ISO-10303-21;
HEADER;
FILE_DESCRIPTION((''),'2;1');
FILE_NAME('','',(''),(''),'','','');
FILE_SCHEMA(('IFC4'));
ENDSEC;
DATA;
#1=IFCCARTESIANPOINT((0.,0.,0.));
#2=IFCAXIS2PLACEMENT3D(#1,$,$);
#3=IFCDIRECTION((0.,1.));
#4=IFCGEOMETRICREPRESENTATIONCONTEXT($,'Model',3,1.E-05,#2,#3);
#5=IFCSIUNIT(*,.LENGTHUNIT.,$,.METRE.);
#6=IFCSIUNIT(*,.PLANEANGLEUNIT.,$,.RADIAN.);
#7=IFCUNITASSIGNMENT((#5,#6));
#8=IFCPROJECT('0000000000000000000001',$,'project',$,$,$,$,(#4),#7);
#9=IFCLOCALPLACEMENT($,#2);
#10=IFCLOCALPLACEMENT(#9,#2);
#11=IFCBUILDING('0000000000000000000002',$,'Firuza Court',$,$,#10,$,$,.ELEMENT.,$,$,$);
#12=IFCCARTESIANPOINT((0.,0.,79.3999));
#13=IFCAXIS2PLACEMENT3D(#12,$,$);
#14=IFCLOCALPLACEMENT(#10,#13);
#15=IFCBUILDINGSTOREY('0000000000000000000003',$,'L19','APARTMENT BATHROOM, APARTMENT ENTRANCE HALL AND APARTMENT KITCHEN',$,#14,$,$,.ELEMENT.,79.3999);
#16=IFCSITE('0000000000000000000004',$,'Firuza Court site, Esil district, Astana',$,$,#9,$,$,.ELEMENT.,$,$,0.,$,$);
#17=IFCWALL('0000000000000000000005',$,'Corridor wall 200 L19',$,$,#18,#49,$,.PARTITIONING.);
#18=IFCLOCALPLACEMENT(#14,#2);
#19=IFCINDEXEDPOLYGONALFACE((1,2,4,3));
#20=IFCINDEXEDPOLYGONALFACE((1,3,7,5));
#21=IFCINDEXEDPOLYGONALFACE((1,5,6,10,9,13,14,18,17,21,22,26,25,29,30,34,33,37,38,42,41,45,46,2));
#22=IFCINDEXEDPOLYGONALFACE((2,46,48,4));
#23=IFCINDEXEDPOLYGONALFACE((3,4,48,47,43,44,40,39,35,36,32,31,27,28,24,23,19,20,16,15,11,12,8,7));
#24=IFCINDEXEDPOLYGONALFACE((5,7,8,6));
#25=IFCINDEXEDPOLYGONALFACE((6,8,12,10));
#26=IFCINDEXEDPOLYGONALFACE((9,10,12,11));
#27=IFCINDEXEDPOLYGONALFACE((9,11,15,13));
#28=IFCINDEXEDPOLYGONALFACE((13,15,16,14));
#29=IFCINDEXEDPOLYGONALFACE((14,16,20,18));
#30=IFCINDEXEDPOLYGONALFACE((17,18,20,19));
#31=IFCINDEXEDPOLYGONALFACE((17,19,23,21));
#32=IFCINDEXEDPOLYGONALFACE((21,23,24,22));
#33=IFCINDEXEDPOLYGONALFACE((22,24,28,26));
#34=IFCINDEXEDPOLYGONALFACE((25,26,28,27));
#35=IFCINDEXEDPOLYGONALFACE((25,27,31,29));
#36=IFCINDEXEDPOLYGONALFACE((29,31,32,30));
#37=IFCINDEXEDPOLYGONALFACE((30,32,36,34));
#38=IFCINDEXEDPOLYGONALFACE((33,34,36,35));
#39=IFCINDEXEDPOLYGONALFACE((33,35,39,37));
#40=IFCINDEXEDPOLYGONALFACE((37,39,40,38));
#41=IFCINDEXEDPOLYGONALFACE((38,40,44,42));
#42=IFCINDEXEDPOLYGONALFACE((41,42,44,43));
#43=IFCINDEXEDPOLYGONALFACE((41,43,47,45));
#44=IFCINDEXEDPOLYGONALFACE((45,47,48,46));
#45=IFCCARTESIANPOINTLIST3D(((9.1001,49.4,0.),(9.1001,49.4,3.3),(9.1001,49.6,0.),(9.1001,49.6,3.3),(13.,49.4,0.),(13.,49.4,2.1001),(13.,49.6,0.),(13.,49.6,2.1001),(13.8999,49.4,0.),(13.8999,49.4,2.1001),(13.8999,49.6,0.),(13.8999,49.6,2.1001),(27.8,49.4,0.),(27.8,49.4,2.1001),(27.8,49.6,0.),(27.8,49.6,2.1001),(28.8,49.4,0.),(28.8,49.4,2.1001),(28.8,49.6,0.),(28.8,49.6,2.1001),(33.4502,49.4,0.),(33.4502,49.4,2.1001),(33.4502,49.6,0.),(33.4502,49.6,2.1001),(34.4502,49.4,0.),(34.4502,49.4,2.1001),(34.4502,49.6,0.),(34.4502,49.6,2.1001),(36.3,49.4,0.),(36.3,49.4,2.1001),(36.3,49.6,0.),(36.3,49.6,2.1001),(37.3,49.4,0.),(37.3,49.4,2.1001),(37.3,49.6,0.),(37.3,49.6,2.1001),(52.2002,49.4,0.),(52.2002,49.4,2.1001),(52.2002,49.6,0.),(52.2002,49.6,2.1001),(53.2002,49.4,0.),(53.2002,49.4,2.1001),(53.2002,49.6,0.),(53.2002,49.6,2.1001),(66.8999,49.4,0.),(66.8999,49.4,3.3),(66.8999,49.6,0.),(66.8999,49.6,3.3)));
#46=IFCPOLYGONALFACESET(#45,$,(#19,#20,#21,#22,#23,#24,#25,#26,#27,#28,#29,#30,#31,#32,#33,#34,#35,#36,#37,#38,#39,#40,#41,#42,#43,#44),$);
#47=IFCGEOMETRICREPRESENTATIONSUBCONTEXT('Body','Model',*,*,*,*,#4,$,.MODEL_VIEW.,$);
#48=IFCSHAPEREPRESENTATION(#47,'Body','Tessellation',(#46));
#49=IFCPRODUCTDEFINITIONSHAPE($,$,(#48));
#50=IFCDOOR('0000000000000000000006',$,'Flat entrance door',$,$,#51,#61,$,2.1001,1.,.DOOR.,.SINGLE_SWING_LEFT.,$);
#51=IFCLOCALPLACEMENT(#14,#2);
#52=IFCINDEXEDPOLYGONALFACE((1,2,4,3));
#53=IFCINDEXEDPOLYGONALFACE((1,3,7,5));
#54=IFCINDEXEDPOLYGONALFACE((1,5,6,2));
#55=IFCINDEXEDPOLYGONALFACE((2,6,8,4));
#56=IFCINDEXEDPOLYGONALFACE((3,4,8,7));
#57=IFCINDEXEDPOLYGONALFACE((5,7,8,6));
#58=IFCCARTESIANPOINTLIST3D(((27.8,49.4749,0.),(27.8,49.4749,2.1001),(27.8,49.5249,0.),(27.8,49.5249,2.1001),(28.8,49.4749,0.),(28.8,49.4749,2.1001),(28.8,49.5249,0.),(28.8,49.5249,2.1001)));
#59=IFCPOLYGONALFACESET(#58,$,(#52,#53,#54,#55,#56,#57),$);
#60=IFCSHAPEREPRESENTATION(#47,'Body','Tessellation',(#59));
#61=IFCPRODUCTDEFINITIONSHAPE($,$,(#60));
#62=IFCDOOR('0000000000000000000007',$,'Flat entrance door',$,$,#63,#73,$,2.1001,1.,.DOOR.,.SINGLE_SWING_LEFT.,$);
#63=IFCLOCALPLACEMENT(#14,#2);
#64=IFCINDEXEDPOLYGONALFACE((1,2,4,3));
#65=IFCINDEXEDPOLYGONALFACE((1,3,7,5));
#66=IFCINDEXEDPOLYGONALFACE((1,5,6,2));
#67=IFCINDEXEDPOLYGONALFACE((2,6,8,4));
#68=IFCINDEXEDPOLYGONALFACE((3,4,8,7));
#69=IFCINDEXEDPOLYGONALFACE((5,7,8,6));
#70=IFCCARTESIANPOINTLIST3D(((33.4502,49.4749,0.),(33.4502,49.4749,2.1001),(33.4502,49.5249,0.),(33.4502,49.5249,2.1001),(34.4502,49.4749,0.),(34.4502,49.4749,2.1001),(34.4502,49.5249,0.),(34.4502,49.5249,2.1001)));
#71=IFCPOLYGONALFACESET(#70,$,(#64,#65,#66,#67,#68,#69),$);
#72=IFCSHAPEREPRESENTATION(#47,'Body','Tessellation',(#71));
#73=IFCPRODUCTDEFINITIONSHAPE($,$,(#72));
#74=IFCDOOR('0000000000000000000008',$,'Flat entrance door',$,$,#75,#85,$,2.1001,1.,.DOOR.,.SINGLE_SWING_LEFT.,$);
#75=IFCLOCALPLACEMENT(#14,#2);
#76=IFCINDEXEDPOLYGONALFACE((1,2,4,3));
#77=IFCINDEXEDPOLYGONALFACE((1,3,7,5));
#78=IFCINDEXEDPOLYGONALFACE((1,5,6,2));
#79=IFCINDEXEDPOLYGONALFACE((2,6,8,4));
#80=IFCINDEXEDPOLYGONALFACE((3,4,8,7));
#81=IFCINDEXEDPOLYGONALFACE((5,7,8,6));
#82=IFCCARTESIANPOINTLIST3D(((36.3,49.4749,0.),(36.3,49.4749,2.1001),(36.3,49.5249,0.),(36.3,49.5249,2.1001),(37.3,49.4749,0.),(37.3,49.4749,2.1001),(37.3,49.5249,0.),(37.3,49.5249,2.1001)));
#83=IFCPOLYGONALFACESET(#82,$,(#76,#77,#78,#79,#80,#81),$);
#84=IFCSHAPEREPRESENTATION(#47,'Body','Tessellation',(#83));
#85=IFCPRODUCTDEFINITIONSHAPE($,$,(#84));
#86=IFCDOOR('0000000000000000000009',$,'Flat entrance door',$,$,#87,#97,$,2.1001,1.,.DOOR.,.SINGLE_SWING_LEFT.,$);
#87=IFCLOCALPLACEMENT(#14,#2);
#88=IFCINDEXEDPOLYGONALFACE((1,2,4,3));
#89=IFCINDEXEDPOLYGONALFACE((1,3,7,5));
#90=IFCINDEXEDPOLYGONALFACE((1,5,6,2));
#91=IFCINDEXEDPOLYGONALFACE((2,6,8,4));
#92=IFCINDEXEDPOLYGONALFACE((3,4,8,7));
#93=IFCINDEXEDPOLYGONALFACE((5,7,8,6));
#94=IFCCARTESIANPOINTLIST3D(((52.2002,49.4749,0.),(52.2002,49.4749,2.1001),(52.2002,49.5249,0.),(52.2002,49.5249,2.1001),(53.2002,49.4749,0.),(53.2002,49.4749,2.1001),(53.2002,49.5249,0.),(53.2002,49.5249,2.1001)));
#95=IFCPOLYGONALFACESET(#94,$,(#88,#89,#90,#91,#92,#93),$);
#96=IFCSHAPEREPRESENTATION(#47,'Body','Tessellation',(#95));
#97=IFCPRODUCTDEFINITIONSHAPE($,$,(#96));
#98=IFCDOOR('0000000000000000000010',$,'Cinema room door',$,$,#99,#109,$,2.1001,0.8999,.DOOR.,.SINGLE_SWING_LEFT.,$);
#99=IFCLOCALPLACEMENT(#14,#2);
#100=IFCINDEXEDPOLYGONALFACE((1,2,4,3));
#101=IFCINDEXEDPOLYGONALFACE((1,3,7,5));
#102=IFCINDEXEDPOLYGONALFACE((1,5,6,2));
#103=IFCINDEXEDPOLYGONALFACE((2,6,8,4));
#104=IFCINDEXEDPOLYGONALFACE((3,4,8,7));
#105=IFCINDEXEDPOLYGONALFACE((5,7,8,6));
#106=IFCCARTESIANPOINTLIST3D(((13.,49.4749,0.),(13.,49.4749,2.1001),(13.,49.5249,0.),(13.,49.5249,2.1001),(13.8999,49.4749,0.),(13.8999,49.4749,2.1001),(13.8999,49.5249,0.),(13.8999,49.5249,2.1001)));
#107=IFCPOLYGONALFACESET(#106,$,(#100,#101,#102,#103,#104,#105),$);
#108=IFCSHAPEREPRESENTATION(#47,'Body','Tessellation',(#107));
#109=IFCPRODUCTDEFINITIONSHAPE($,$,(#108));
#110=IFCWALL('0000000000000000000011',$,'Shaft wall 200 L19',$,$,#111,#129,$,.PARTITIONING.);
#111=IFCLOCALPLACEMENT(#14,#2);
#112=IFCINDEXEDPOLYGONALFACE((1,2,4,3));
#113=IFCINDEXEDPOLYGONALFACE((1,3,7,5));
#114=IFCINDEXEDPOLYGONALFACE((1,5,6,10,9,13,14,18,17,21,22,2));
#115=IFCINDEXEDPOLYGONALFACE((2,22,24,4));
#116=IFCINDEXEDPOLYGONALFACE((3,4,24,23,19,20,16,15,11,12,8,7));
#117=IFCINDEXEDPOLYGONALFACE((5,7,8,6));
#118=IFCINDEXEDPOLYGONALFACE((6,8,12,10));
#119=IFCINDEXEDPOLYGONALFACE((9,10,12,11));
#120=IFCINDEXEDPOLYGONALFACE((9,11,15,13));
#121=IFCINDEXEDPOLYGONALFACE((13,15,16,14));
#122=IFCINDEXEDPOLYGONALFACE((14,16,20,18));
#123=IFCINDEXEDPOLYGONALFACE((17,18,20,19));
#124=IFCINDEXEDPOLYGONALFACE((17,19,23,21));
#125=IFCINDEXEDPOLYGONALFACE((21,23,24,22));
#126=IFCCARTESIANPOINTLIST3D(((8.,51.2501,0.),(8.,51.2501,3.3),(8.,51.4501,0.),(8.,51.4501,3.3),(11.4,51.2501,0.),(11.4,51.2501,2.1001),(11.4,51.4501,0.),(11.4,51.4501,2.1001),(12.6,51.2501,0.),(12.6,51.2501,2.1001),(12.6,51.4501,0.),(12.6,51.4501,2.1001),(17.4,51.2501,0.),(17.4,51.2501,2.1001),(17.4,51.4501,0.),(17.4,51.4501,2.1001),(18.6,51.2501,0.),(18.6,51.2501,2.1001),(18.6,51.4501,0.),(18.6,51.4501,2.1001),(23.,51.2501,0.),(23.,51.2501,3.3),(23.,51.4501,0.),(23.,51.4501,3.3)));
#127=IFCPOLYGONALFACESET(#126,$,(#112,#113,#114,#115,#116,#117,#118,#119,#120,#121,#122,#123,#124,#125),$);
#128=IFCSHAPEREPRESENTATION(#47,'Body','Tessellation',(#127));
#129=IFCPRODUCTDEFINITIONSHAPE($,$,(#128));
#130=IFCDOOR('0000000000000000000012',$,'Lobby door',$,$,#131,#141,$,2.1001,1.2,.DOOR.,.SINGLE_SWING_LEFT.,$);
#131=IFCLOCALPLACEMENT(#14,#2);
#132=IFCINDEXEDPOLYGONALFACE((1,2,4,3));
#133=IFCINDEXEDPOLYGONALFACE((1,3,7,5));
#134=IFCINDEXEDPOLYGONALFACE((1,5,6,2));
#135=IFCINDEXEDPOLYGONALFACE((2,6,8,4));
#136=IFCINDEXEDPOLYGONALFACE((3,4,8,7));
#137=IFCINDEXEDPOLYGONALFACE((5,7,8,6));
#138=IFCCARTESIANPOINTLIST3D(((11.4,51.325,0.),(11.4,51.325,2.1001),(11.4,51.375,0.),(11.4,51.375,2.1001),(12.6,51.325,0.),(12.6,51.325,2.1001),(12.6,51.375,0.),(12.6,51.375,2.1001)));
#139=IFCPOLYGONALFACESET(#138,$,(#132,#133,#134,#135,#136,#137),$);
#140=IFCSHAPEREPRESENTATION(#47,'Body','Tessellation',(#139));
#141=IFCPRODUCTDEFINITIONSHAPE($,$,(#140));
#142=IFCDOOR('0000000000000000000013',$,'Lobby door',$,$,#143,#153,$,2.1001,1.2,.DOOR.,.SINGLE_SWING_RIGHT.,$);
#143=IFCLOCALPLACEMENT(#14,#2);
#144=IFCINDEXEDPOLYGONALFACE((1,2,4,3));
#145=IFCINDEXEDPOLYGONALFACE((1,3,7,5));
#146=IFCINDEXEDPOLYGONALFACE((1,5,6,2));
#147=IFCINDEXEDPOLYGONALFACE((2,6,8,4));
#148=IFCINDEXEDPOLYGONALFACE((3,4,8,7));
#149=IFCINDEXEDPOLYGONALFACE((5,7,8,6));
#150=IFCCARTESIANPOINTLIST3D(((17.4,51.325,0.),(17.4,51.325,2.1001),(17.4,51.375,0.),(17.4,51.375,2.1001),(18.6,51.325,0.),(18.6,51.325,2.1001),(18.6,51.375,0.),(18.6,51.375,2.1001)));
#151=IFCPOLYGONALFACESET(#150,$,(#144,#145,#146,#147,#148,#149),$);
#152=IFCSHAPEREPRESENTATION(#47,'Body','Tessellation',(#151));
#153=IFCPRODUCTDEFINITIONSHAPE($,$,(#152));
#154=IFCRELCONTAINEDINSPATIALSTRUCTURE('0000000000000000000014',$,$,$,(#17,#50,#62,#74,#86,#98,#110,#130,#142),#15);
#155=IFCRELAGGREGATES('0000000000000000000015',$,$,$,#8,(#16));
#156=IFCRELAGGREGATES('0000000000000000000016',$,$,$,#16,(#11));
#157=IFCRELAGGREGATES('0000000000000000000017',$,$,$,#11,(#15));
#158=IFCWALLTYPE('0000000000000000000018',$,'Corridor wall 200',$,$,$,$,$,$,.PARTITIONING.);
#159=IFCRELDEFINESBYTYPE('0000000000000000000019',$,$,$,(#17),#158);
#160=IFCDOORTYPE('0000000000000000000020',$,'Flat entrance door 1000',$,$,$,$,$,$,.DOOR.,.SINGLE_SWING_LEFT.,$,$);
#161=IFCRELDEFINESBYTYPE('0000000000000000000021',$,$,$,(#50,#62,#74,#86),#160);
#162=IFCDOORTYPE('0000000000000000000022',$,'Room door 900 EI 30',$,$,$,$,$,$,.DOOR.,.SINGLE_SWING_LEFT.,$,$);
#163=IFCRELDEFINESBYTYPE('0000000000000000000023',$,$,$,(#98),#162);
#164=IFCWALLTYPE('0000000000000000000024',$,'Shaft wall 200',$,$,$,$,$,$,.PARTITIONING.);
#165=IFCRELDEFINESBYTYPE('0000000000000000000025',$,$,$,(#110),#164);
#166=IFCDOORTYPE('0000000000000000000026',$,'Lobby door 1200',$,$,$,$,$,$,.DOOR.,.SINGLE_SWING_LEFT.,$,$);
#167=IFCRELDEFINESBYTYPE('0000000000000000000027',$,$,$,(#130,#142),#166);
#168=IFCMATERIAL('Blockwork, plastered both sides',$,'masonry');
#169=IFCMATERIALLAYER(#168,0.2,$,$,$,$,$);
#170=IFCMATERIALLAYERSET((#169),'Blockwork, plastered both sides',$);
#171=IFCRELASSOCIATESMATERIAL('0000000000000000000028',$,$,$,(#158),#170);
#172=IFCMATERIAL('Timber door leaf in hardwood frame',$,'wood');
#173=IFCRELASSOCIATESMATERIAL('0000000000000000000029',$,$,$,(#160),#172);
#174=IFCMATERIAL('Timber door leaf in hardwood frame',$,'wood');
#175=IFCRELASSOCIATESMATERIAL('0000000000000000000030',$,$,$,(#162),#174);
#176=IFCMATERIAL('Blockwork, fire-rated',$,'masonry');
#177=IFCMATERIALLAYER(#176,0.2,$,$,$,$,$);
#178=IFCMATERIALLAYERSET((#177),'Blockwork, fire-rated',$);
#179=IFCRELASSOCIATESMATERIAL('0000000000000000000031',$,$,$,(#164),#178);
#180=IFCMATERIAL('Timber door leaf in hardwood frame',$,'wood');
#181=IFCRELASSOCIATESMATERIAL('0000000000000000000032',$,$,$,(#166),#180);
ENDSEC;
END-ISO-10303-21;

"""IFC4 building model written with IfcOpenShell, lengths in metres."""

from ifc_helpers import new_model, si_unit, direction, frame, frame_2d, origin, place, context, subcontext, project, spatial, rectangle, extrude, material, layer, layer_set, type_object, element, fill, save


model = new_model("IFC4")

# Units and contexts
model_context = context("Model", 3, precision=1e-05, world=origin(), true_north=direction((0.0, 1.0)))
body_context = subcontext(model_context, "Body", "Model", "MODEL_VIEW")
ifc_project = project(units=[si_unit("LENGTHUNIT", "METRE"), si_unit("PLANEANGLEUNIT", "RADIAN")], contexts=[model_context])

# Site, building, storey
site_placement = place(None, origin())
site = spatial("IfcSite", under=ifc_project, at=site_placement, Name="Firuza Court site, Esil district, Astana", CompositionType="ELEMENT", RefElevation=0.0)
building_placement = place(site_placement, origin())
building = spatial("IfcBuilding", under=site, at=building_placement, Name="Firuza Court", CompositionType="ELEMENT")
storey_placement = place(building_placement, frame((0.0, 0.0, 79.3999)))
storey = spatial("IfcBuildingStorey", under=building, at=storey_placement, Name="L19", Description="APARTMENT BATHROOM, APARTMENT ENTRANCE HALL AND APARTMENT KITCHEN", CompositionType="ELEMENT", Elevation=79.3999)

# Walls, openings, doors
ifc_material_1 = material(Name="Blockwork, plastered both sides", Category="masonry")
ifc_layer_1 = layer(ifc_material_1, 0.2)
ifc_layer_set_1 = layer_set([ifc_layer_1], Name="Blockwork, plastered both sides")
wall_type_1 = type_object("IfcWallType", Name="Corridor wall 200", PredefinedType="PARTITIONING", material=ifc_layer_set_1)
wall_1_placement = place(storey_placement, frame((9.1001, 49.5, 0.0), z_axis=(0.0, 0.0, 1.0), x_axis=(1.0, 0.0, 0.0)))
wall_1 = element("IfcWall", 1, at=wall_1_placement, inside=storey, type_object=wall_type_1, Name="Corridor wall 200 L19", PredefinedType="PARTITIONING", context=body_context, shape_type="SweptSolid", body=[
    extrude(rectangle(XDim=57.7998, YDim=0.2, at=frame_2d((28.8999, 0.0))), origin(), (0.0, 0.0, 1.0), 3.3),
])
opening_1_placement = place(wall_1_placement, frame((18.7, 0.0, 0.0)))
opening_1 = element("IfcOpeningElement", 2, at=opening_1_placement, cuts=wall_1, PredefinedType="OPENING", context=body_context, shape_type="SweptSolid", body=[
    extrude(rectangle(XDim=1.0, YDim=2.1001, at=frame_2d((0.5, 1.05))), frame((0.0, 0.1118, 0.0), z_axis=(0.0, -1.0, 0.0), x_axis=(1.0, 0.0, 0.0)), (0.0, 0.0, 1.0), 0.2239),
])
opening_2_placement = place(wall_1_placement, frame((24.3501, 0.0, 0.0)))
opening_2 = element("IfcOpeningElement", 3, at=opening_2_placement, cuts=wall_1, PredefinedType="OPENING", context=body_context, shape_type="SweptSolid", body=[
    extrude(rectangle(XDim=1.0, YDim=2.1001, at=frame_2d((0.5, 1.05))), frame((0.0, 0.1118, 0.0), z_axis=(0.0, -1.0, 0.0), x_axis=(1.0, 0.0, 0.0)), (0.0, 0.0, 1.0), 0.2239),
])
opening_3_placement = place(wall_1_placement, frame((27.2, 0.0, 0.0)))
opening_3 = element("IfcOpeningElement", 4, at=opening_3_placement, cuts=wall_1, PredefinedType="OPENING", context=body_context, shape_type="SweptSolid", body=[
    extrude(rectangle(XDim=1.0, YDim=2.1001, at=frame_2d((0.5, 1.05))), frame((0.0, 0.1118, 0.0), z_axis=(0.0, -1.0, 0.0), x_axis=(1.0, 0.0, 0.0)), (0.0, 0.0, 1.0), 0.2239),
])
opening_4_placement = place(wall_1_placement, frame((43.1001, 0.0, 0.0)))
opening_4 = element("IfcOpeningElement", 5, at=opening_4_placement, cuts=wall_1, PredefinedType="OPENING", context=body_context, shape_type="SweptSolid", body=[
    extrude(rectangle(XDim=1.0, YDim=2.1001, at=frame_2d((0.5, 1.05))), frame((0.0, 0.1118, 0.0), z_axis=(0.0, -1.0, 0.0), x_axis=(1.0, 0.0, 0.0)), (0.0, 0.0, 1.0), 0.2239),
])
opening_5_placement = place(wall_1_placement, frame((3.8999, 0.0, 0.0)))
opening_5 = element("IfcOpeningElement", 6, at=opening_5_placement, cuts=wall_1, PredefinedType="OPENING", context=body_context, shape_type="SweptSolid", body=[
    extrude(rectangle(XDim=0.8999, YDim=2.1001, at=frame_2d((0.45, 1.05))), frame((0.0, 0.1118, 0.0), z_axis=(0.0, -1.0, 0.0), x_axis=(1.0, 0.0, 0.0)), (0.0, 0.0, 1.0), 0.2239),
])
ifc_material_2 = material(Name="Timber door leaf in hardwood frame", Category="wood")
door_type_1 = type_object("IfcDoorType", Name="Flat entrance door 1000", OperationType="SINGLE_SWING_LEFT", PredefinedType="DOOR", material=ifc_material_2)
door_1_placement = place(opening_1_placement, origin())
door_1 = element("IfcDoor", 7, at=door_1_placement, inside=storey, type_object=door_type_1, Name="Flat entrance door", OperationType="SINGLE_SWING_LEFT", OverallHeight=2.1001, OverallWidth=1.0, PredefinedType="DOOR", context=body_context, shape_type="SweptSolid", body=[
    extrude(rectangle(XDim=1.0, YDim=2.1001, at=frame_2d((0.5, 1.05))), frame((0.0, 0.0249, 0.0), z_axis=(0.0, -1.0, 0.0), x_axis=(1.0, 0.0, 0.0)), (0.0, 0.0, 1.0), 0.05),
])
fill(opening_1, door_1)
door_2_placement = place(opening_2_placement, origin())
door_2 = element("IfcDoor", 8, at=door_2_placement, inside=storey, type_object=door_type_1, Name="Flat entrance door", OperationType="SINGLE_SWING_LEFT", OverallHeight=2.1001, OverallWidth=1.0, PredefinedType="DOOR", context=body_context, shape_type="SweptSolid", body=[
    extrude(rectangle(XDim=1.0, YDim=2.1001, at=frame_2d((0.5, 1.05))), frame((0.0, 0.0249, 0.0), z_axis=(0.0, -1.0, 0.0), x_axis=(1.0, 0.0, 0.0)), (0.0, 0.0, 1.0), 0.05),
])
fill(opening_2, door_2)
door_3_placement = place(opening_3_placement, origin())
door_3 = element("IfcDoor", 9, at=door_3_placement, inside=storey, type_object=door_type_1, Name="Flat entrance door", OperationType="SINGLE_SWING_LEFT", OverallHeight=2.1001, OverallWidth=1.0, PredefinedType="DOOR", context=body_context, shape_type="SweptSolid", body=[
    extrude(rectangle(XDim=1.0, YDim=2.1001, at=frame_2d((0.5, 1.05))), frame((0.0, 0.0249, 0.0), z_axis=(0.0, -1.0, 0.0), x_axis=(1.0, 0.0, 0.0)), (0.0, 0.0, 1.0), 0.05),
])
fill(opening_3, door_3)
door_4_placement = place(opening_4_placement, origin())
door_4 = element("IfcDoor", 10, at=door_4_placement, inside=storey, type_object=door_type_1, Name="Flat entrance door", OperationType="SINGLE_SWING_LEFT", OverallHeight=2.1001, OverallWidth=1.0, PredefinedType="DOOR", context=body_context, shape_type="SweptSolid", body=[
    extrude(rectangle(XDim=1.0, YDim=2.1001, at=frame_2d((0.5, 1.05))), frame((0.0, 0.0249, 0.0), z_axis=(0.0, -1.0, 0.0), x_axis=(1.0, 0.0, 0.0)), (0.0, 0.0, 1.0), 0.05),
])
fill(opening_4, door_4)
ifc_material_3 = material(Name="Timber door leaf in hardwood frame", Category="wood")
door_type_2 = type_object("IfcDoorType", Name="Room door 900 EI 30", OperationType="SINGLE_SWING_LEFT", PredefinedType="DOOR", material=ifc_material_3)
door_5_placement = place(opening_5_placement, origin())
door_5 = element("IfcDoor", 11, at=door_5_placement, inside=storey, type_object=door_type_2, Name="Cinema room door", OperationType="SINGLE_SWING_LEFT", OverallHeight=2.1001, OverallWidth=0.8999, PredefinedType="DOOR", context=body_context, shape_type="SweptSolid", body=[
    extrude(rectangle(XDim=0.8999, YDim=2.1001, at=frame_2d((0.45, 1.05))), frame((0.0, 0.0249, 0.0), z_axis=(0.0, -1.0, 0.0), x_axis=(1.0, 0.0, 0.0)), (0.0, 0.0, 1.0), 0.05),
])
fill(opening_5, door_5)
ifc_material_4 = material(Name="Blockwork, fire-rated", Category="masonry")
ifc_layer_2 = layer(ifc_material_4, 0.2)
ifc_layer_set_2 = layer_set([ifc_layer_2], Name="Blockwork, fire-rated")
wall_type_2 = type_object("IfcWallType", Name="Shaft wall 200", PredefinedType="PARTITIONING", material=ifc_layer_set_2)
wall_2_placement = place(storey_placement, frame((8.0, 51.3501, 0.0), z_axis=(0.0, 0.0, 1.0), x_axis=(1.0, 0.0, 0.0)))
wall_2 = element("IfcWall", 12, at=wall_2_placement, inside=storey, type_object=wall_type_2, Name="Shaft wall 200 L19", PredefinedType="PARTITIONING", context=body_context, shape_type="SweptSolid", body=[
    extrude(rectangle(XDim=15.0, YDim=0.2, at=frame_2d((7.5, 0.0))), origin(), (0.0, 0.0, 1.0), 3.3),
])
opening_6_placement = place(wall_2_placement, frame((3.3999, 0.0, 0.0)))
opening_6 = element("IfcOpeningElement", 13, at=opening_6_placement, cuts=wall_2, PredefinedType="OPENING", context=body_context, shape_type="SweptSolid", body=[
    extrude(rectangle(XDim=1.2, YDim=2.1001, at=frame_2d((0.6001, 1.05))), frame((0.0, 0.1118, 0.0), z_axis=(0.0, -1.0, 0.0), x_axis=(1.0, 0.0, 0.0)), (0.0, 0.0, 1.0), 0.2239),
])
opening_7_placement = place(wall_2_placement, frame((9.3999, 0.0, 0.0)))
opening_7 = element("IfcOpeningElement", 14, at=opening_7_placement, cuts=wall_2, PredefinedType="OPENING", context=body_context, shape_type="SweptSolid", body=[
    extrude(rectangle(XDim=1.2, YDim=2.1001, at=frame_2d((0.6001, 1.05))), frame((0.0, 0.1118, 0.0), z_axis=(0.0, -1.0, 0.0), x_axis=(1.0, 0.0, 0.0)), (0.0, 0.0, 1.0), 0.2239),
])
ifc_material_5 = material(Name="Timber door leaf in hardwood frame", Category="wood")
door_type_3 = type_object("IfcDoorType", Name="Lobby door 1200", OperationType="SINGLE_SWING_LEFT", PredefinedType="DOOR", material=ifc_material_5)
door_6_placement = place(opening_6_placement, origin())
door_6 = element("IfcDoor", 15, at=door_6_placement, inside=storey, type_object=door_type_3, Name="Lobby door", OperationType="SINGLE_SWING_LEFT", OverallHeight=2.1001, OverallWidth=1.2, PredefinedType="DOOR", context=body_context, shape_type="SweptSolid", body=[
    extrude(rectangle(XDim=1.2, YDim=2.1001, at=frame_2d((0.6001, 1.05))), frame((0.0, 0.0249, 0.0), z_axis=(0.0, -1.0, 0.0), x_axis=(1.0, 0.0, 0.0)), (0.0, 0.0, 1.0), 0.05),
])
fill(opening_6, door_6)
door_7_placement = place(opening_7_placement, origin())
door_7 = element("IfcDoor", 16, at=door_7_placement, inside=storey, type_object=door_type_3, Name="Lobby door", OperationType="SINGLE_SWING_RIGHT", OverallHeight=2.1001, OverallWidth=1.2, PredefinedType="DOOR", context=body_context, shape_type="SweptSolid", body=[
    extrude(rectangle(XDim=1.2, YDim=2.1001, at=frame_2d((0.6001, 1.05))), frame((0.0, 0.0249, 0.0), z_axis=(0.0, -1.0, 0.0), x_axis=(1.0, 0.0, 0.0)), (0.0, 0.0, 1.0), 0.05),
])
fill(opening_7, door_7)

save(model, "model.ifc")
